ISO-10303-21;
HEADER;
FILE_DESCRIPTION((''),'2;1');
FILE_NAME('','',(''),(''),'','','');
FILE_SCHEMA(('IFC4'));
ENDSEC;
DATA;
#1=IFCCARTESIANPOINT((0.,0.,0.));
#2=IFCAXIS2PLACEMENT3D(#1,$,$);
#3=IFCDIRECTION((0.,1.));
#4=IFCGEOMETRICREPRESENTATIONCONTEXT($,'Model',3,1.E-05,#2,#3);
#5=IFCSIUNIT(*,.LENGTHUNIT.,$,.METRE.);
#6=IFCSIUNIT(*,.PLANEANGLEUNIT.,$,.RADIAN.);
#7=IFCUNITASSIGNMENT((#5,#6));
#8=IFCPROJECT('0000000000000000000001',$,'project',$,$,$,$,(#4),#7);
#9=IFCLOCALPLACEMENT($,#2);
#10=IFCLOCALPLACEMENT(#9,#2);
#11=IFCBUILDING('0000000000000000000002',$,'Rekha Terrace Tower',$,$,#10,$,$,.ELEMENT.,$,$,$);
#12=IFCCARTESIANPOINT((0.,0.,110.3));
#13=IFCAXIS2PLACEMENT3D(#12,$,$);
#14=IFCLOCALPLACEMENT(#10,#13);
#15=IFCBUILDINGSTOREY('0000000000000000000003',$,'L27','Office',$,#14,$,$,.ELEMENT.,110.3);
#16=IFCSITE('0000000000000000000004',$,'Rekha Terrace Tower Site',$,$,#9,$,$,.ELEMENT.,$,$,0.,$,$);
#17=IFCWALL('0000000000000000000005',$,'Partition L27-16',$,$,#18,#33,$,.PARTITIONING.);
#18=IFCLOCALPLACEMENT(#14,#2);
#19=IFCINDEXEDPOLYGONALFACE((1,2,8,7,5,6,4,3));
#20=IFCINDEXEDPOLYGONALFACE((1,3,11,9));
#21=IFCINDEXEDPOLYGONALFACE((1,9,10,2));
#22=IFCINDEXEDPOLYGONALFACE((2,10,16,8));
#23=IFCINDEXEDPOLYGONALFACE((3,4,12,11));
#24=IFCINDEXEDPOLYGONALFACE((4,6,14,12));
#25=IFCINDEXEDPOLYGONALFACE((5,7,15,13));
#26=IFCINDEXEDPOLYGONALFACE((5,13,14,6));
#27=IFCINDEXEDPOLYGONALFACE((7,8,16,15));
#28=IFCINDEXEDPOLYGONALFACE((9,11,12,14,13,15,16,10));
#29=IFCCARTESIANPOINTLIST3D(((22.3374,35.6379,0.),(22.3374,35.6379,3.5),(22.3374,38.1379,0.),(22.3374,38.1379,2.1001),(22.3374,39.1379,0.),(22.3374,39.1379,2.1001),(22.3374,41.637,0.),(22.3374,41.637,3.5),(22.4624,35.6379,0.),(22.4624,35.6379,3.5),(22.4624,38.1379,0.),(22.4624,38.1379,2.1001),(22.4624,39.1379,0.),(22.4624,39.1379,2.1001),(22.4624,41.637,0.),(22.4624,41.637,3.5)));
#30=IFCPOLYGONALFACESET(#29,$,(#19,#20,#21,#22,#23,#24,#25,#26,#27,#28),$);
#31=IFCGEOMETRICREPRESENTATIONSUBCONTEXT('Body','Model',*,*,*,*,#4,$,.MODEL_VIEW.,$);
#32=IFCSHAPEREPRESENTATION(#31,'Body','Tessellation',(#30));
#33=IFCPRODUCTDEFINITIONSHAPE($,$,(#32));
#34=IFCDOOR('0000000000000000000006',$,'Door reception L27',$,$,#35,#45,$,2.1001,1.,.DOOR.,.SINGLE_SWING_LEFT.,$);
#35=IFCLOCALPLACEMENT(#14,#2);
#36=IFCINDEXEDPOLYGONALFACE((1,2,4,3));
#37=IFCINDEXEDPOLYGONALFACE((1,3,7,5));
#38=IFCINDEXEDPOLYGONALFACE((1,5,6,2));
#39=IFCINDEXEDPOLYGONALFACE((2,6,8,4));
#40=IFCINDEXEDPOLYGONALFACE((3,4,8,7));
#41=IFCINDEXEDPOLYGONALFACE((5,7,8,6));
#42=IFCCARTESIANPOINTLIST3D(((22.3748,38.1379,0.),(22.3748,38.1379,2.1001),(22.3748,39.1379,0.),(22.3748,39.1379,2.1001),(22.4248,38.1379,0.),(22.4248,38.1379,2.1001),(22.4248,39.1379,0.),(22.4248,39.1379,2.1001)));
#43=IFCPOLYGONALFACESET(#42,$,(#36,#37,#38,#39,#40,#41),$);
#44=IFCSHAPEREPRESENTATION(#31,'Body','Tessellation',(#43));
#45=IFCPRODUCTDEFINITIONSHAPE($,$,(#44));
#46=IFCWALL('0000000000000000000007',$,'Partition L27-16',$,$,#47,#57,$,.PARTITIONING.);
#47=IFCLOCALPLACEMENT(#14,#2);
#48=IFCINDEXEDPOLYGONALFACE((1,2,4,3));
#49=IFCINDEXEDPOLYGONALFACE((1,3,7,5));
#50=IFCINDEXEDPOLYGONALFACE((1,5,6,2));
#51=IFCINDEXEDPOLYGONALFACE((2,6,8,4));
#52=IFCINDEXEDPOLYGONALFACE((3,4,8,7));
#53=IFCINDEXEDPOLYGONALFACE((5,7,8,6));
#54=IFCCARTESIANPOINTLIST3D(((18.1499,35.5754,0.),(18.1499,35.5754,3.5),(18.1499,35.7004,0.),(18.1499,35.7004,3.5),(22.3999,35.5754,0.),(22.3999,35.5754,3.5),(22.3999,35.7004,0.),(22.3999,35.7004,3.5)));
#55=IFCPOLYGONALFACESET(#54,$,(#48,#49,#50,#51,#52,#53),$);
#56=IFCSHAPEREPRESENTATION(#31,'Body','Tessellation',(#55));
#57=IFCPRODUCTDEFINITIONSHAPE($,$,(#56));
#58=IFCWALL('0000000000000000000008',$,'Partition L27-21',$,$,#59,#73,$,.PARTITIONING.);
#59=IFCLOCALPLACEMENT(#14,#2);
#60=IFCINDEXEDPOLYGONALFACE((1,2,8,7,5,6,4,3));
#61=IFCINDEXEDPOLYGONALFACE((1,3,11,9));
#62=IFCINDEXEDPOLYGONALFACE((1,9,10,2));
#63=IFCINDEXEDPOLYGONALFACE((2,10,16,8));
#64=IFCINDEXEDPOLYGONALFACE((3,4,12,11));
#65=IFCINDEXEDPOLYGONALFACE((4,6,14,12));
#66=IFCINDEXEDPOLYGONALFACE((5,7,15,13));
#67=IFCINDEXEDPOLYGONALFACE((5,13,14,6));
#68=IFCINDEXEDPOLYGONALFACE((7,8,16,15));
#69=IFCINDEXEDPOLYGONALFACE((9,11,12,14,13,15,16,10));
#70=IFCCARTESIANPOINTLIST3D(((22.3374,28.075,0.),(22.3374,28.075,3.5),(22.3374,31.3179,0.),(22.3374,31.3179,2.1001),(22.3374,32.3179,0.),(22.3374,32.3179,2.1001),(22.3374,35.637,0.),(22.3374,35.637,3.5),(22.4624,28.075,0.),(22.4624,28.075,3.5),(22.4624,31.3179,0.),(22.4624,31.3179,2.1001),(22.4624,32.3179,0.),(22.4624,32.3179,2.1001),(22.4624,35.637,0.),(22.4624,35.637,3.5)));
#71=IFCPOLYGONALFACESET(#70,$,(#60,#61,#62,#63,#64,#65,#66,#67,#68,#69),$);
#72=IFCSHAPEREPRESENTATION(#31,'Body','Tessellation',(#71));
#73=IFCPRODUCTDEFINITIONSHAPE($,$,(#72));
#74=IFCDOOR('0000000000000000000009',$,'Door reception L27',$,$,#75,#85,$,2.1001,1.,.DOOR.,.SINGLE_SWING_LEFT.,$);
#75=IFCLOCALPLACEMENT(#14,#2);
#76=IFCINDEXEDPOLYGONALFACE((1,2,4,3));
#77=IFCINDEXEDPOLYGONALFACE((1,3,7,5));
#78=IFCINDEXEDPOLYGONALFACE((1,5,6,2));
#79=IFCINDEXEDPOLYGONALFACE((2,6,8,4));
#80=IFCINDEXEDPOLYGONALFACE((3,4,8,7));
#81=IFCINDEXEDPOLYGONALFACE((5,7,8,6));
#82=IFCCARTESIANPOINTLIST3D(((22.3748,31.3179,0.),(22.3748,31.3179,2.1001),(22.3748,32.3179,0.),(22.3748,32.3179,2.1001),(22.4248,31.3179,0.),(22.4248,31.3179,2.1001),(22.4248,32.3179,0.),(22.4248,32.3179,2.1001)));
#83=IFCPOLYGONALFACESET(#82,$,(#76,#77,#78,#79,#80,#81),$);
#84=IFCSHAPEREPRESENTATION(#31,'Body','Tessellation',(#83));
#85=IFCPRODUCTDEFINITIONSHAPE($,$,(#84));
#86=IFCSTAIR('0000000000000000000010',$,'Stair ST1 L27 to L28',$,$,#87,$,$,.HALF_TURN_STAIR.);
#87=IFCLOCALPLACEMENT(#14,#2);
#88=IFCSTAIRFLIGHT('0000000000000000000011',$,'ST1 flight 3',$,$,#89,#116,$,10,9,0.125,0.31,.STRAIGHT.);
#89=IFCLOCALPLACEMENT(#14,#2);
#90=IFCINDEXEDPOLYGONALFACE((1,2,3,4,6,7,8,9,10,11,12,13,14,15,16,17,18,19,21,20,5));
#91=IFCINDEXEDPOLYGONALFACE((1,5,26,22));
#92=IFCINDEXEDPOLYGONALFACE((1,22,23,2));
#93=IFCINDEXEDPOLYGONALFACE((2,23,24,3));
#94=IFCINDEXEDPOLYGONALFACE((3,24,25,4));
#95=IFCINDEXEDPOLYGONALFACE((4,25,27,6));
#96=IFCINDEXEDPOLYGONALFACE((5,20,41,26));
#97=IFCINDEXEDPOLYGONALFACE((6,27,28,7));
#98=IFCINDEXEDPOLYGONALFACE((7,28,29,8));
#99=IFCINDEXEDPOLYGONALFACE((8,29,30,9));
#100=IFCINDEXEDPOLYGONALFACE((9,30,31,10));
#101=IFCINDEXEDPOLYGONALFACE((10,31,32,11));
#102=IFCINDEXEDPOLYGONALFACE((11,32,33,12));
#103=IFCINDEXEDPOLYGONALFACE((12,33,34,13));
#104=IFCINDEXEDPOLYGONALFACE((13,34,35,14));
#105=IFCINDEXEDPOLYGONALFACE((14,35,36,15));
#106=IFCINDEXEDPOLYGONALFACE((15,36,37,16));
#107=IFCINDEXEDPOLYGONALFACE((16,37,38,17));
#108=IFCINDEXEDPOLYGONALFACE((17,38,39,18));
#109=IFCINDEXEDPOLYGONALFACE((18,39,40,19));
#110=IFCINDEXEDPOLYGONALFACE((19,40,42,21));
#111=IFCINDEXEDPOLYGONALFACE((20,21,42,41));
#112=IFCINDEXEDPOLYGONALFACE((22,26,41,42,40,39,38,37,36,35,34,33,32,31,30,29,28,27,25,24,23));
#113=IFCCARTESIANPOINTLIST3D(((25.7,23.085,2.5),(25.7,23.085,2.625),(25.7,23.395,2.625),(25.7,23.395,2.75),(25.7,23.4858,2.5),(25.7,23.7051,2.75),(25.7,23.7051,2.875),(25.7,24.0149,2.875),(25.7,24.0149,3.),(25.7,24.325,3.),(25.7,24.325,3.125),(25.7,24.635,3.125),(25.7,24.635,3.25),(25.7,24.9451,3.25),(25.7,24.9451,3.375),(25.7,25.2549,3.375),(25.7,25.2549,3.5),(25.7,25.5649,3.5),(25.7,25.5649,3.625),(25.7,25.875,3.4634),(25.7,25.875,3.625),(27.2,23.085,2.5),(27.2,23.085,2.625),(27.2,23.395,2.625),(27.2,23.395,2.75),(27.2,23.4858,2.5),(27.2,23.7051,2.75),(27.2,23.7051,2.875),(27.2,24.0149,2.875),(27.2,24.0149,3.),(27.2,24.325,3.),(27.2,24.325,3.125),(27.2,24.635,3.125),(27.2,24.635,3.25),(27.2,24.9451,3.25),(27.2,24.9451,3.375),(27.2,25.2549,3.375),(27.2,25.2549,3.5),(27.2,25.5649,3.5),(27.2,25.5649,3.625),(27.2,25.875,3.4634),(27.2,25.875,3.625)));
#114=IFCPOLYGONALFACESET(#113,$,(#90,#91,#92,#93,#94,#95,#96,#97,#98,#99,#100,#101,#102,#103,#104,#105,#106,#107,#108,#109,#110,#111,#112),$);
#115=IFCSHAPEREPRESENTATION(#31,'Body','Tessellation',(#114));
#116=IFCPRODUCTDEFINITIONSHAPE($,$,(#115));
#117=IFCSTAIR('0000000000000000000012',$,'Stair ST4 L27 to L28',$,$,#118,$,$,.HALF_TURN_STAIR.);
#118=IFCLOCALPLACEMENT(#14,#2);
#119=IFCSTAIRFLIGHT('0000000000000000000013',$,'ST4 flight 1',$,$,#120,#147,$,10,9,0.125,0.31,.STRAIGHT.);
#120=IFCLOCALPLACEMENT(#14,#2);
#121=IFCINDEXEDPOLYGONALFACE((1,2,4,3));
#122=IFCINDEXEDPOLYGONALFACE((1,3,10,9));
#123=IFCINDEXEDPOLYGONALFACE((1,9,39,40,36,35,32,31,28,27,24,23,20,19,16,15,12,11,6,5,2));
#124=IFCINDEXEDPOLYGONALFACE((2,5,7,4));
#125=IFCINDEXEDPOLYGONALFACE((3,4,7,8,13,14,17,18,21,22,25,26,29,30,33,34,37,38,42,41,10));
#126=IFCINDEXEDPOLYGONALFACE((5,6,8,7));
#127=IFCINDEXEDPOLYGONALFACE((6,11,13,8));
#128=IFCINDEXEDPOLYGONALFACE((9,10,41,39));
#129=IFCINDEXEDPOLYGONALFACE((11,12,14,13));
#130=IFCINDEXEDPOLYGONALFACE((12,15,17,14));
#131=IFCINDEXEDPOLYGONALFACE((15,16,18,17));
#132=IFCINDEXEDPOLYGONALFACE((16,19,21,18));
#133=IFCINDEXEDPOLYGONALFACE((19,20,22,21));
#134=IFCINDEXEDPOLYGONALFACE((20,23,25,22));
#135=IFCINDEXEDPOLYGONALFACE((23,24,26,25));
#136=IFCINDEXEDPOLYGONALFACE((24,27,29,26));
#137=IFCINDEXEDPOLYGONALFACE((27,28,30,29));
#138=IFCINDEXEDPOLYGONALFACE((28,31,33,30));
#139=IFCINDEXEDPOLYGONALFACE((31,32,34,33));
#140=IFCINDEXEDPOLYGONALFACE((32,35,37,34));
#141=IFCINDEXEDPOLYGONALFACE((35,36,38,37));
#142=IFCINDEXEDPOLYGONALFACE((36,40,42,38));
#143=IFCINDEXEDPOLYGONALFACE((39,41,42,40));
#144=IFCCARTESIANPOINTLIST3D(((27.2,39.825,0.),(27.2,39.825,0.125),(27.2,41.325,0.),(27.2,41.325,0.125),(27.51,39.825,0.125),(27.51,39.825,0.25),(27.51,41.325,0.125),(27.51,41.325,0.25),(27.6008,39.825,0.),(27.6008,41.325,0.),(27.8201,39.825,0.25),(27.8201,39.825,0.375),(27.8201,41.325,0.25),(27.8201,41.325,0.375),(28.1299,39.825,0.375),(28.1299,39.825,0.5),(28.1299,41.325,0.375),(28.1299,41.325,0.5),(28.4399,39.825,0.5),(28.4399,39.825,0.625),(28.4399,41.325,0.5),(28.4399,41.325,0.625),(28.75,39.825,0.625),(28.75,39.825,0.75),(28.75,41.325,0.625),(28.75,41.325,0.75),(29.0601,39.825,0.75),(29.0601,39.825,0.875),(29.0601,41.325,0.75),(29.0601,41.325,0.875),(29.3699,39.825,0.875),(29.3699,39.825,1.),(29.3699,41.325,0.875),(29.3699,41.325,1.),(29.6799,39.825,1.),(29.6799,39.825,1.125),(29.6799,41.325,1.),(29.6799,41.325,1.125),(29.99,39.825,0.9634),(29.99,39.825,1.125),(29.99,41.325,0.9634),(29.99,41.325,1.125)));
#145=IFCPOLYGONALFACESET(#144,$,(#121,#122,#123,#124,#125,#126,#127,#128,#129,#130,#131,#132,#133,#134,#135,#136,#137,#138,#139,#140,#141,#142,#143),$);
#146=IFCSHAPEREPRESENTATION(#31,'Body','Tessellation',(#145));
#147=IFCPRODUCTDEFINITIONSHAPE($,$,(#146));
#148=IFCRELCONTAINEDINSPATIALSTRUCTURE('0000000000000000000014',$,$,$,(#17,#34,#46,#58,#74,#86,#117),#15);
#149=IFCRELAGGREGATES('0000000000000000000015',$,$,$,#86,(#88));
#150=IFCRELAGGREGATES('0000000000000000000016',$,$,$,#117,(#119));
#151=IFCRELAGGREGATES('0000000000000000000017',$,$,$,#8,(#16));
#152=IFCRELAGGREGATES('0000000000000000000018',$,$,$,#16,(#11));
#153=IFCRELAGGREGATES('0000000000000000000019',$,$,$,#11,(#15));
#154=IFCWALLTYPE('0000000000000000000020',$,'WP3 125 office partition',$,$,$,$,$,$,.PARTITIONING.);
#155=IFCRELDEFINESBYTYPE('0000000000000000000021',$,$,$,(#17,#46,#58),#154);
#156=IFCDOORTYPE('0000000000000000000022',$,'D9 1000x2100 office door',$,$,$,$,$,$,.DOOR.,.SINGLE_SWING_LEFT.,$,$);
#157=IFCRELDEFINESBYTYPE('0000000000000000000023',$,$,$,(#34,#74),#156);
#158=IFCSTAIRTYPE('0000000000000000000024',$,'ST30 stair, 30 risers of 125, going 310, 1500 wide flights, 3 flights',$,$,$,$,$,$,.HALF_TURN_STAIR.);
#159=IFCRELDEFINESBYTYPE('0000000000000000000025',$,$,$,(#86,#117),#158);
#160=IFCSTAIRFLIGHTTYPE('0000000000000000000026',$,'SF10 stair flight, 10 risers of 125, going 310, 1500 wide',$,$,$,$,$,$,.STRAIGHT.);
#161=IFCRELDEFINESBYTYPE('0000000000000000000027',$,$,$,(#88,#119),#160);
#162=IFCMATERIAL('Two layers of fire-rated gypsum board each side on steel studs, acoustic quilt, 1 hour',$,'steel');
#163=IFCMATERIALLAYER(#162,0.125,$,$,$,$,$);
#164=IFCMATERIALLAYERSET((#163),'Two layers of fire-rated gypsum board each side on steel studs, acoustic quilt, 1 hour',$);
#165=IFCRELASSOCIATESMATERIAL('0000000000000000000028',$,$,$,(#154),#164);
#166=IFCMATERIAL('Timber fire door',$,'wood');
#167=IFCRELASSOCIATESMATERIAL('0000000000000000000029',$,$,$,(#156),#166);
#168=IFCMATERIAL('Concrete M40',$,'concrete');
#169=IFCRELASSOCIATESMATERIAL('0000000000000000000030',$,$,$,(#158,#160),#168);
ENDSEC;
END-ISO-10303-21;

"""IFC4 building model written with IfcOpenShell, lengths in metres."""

from ifc_helpers import new_model, si_unit, direction, frame, frame_2d, origin, place, context, subcontext, project, spatial, polyline, rectangle, outline, extrude, material, layer, layer_set, type_object, element, fill, aggregate, save


model = new_model("IFC4")

# Units and contexts
model_context = context("Model", 3, precision=1e-05, world=origin(), true_north=direction((0.0, 1.0)))
body_context = subcontext(model_context, "Body", "Model", "MODEL_VIEW")
ifc_project = project(units=[si_unit("LENGTHUNIT", "METRE"), si_unit("PLANEANGLEUNIT", "RADIAN")], contexts=[model_context])

# Site, building, storey
site_placement = place(None, origin())
site = spatial("IfcSite", under=ifc_project, at=site_placement, Name="Rekha Terrace Tower Site", CompositionType="ELEMENT", RefElevation=0.0)
building_placement = place(site_placement, origin())
building = spatial("IfcBuilding", under=site, at=building_placement, Name="Rekha Terrace Tower", CompositionType="ELEMENT")
storey_placement = place(building_placement, frame((0.0, 0.0, 110.3)))
storey = spatial("IfcBuildingStorey", under=building, at=storey_placement, Name="L27", Description="Office", CompositionType="ELEMENT", Elevation=110.3)

# Wall, opening, door
ifc_material_1 = material(Name="Two layers of fire-rated gypsum board each side on steel studs, acoustic quilt, 1 hour", Category="steel")
ifc_layer_1 = layer(ifc_material_1, 0.125)
ifc_layer_set_1 = layer_set([ifc_layer_1], Name="Two layers of fire-rated gypsum board each side on steel studs, acoustic quilt, 1 hour")
wall_type_1 = type_object("IfcWallType", Name="WP3 125 office partition", PredefinedType="PARTITIONING", material=ifc_layer_set_1)
wall_1_placement = place(storey_placement, frame((22.3999, 41.637, 0.0), z_axis=(0.0, 0.0, 1.0), x_axis=(0.0, -1.0, 0.0)))
wall_1 = element("IfcWall", 1, at=wall_1_placement, inside=storey, type_object=wall_type_1, Name="Partition L27-16", PredefinedType="PARTITIONING", context=body_context, shape_type="SweptSolid", body=[
    extrude(rectangle(XDim=5.999, YDim=0.125, at=frame_2d((2.9995, 0.0))), origin(), (0.0, 0.0, 1.0), 3.5),
])
opening_1_placement = place(wall_1_placement, frame((2.499, 0.0, 0.0)))
opening_1 = element("IfcOpeningElement", 2, at=opening_1_placement, cuts=wall_1, PredefinedType="OPENING", context=body_context, shape_type="SweptSolid", body=[
    extrude(rectangle(XDim=1.0, YDim=2.1001, at=frame_2d((0.5, 1.05))), frame((0.0, 0.0725, 0.0), z_axis=(0.0, -1.0, 0.0), x_axis=(1.0, 0.0, 0.0)), (0.0, 0.0, 1.0), 0.145),
])
ifc_material_2 = material(Name="Timber fire door", Category="wood")
door_type_1 = type_object("IfcDoorType", Name="D9 1000x2100 office door", OperationType="SINGLE_SWING_LEFT", PredefinedType="DOOR", material=ifc_material_2)
door_1_placement = place(opening_1_placement, origin())
door_1 = element("IfcDoor", 3, at=door_1_placement, inside=storey, type_object=door_type_1, Name="Door reception L27", OperationType="SINGLE_SWING_LEFT", OverallHeight=2.1001, OverallWidth=1.0, PredefinedType="DOOR", context=body_context, shape_type="SweptSolid", body=[
    extrude(rectangle(XDim=1.0, YDim=2.1001, at=frame_2d((0.5, 1.05))), frame((0.0, 0.0249, 0.0), z_axis=(0.0, -1.0, 0.0), x_axis=(1.0, 0.0, 0.0)), (0.0, 0.0, 1.0), 0.05),
])
fill(opening_1, door_1)

# Wall
wall_2_placement = place(storey_placement, frame((22.3999, 35.6379, 0.0), z_axis=(0.0, 0.0, 1.0), x_axis=(-1.0, 0.0, 0.0)))
element("IfcWall", 4, at=wall_2_placement, inside=storey, type_object=wall_type_1, Name="Partition L27-16", PredefinedType="PARTITIONING", context=body_context, shape_type="SweptSolid", body=[
    extrude(rectangle(XDim=4.25, YDim=0.125, at=frame_2d((2.125, 0.0))), origin(), (0.0, 0.0, 1.0), 3.5),
])

# Wall, opening, door
wall_3_placement = place(storey_placement, frame((22.3999, 35.637, 0.0), z_axis=(0.0, 0.0, 1.0), x_axis=(0.0, -1.0, 0.0)))
wall_3 = element("IfcWall", 5, at=wall_3_placement, inside=storey, type_object=wall_type_1, Name="Partition L27-21", PredefinedType="PARTITIONING", context=body_context, shape_type="SweptSolid", body=[
    extrude(rectangle(XDim=7.562, YDim=0.125, at=frame_2d((3.781, 0.0))), origin(), (0.0, 0.0, 1.0), 3.5),
])
opening_2_placement = place(wall_3_placement, frame((3.3191, 0.0, 0.0)))
opening_2 = element("IfcOpeningElement", 6, at=opening_2_placement, cuts=wall_3, PredefinedType="OPENING", context=body_context, shape_type="SweptSolid", body=[
    extrude(rectangle(XDim=1.0, YDim=2.1001, at=frame_2d((0.5, 1.05))), frame((0.0, 0.0725, 0.0), z_axis=(0.0, -1.0, 0.0), x_axis=(1.0, 0.0, 0.0)), (0.0, 0.0, 1.0), 0.145),
])
door_2_placement = place(opening_2_placement, origin())
door_2 = element("IfcDoor", 7, at=door_2_placement, inside=storey, type_object=door_type_1, Name="Door reception L27", OperationType="SINGLE_SWING_LEFT", OverallHeight=2.1001, OverallWidth=1.0, PredefinedType="DOOR", context=body_context, shape_type="SweptSolid", body=[
    extrude(rectangle(XDim=1.0, YDim=2.1001, at=frame_2d((0.5, 1.05))), frame((0.0, 0.0249, 0.0), z_axis=(0.0, -1.0, 0.0), x_axis=(1.0, 0.0, 0.0)), (0.0, 0.0, 1.0), 0.05),
])
fill(opening_2, door_2)

# Stairs, stair flights
ifc_material_3 = material(Name="Concrete M40", Category="concrete")
stair_type = type_object("IfcStairType", Name="ST30 stair, 30 risers of 125, going 310, 1500 wide flights, 3 flights", PredefinedType="HALF_TURN_STAIR", material=ifc_material_3)
stair_1_placement = place(storey_placement, origin())
stair_1 = element("IfcStair", 8, at=stair_1_placement, inside=storey, type_object=stair_type, Name="Stair ST1 L27 to L28", PredefinedType="HALF_TURN_STAIR")
stair_flight_type = type_object("IfcStairFlightType", Name="SF10 stair flight, 10 risers of 125, going 310, 1500 wide", PredefinedType="STRAIGHT", material=ifc_material_3)
stair_flight_1_placement = place(storey_placement, frame((26.45, 23.085, 2.5), z_axis=(0.0, 0.0, 1.0), x_axis=(0.0, 1.0, 0.0)))
stair_flight_1 = element("IfcStairFlight", 9, at=stair_flight_1_placement, type_object=stair_flight_type, Name="ST1 flight 3", NumberOfRisers=10, NumberOfTreads=9, PredefinedType="STRAIGHT", RiserHeight=0.125, TreadLength=0.31, context=body_context, shape_type="SweptSolid", body=[
    extrude(outline(polyline([(0.0, 0.0), (0.0, 0.125), (0.3101, 0.125), (0.3101, 0.25), (0.6201, 0.25), (0.6201, 0.375), (0.9299, 0.375), (0.9299, 0.5), (1.24, 0.5), (1.24, 0.625), (1.55, 0.625), (1.55, 0.75), (1.8601, 0.75), (1.8601, 0.875), (2.1699, 0.875), (2.1699, 1.0), (2.48, 1.0), (2.48, 1.125), (2.79, 1.125), (2.79, 1.25), (2.79, 0.9634), (0.4009, 0.0), (0.0, 0.0)])), frame((0.0, 0.75, 0.0), z_axis=(0.0, -1.0, 0.0), x_axis=(1.0, 0.0, 0.0)), (0.0, 0.0, 1.0), 1.5),
])
aggregate(stair_1, [stair_flight_1])
stair_2_placement = place(storey_placement, origin())
stair_2 = element("IfcStair", 10, at=stair_2_placement, inside=storey, type_object=stair_type, Name="Stair ST4 L27 to L28", PredefinedType="HALF_TURN_STAIR")
stair_flight_2_placement = place(storey_placement, frame((27.2, 40.575, 0.0), z_axis=(0.0, 0.0, 1.0), x_axis=(1.0, 0.0, 0.0)))
stair_flight_2 = element("IfcStairFlight", 11, at=stair_flight_2_placement, type_object=stair_flight_type, Name="ST4 flight 1", NumberOfRisers=10, NumberOfTreads=9, PredefinedType="STRAIGHT", RiserHeight=0.125, TreadLength=0.31, context=body_context, shape_type="SweptSolid", body=[
    extrude(outline(polyline([(0.0, 0.0), (0.0, 0.125), (0.3101, 0.125), (0.3101, 0.25), (0.6201, 0.25), (0.6201, 0.375), (0.9299, 0.375), (0.9299, 0.5), (1.24, 0.5), (1.24, 0.625), (1.55, 0.625), (1.55, 0.75), (1.8601, 0.75), (1.8601, 0.875), (2.1699, 0.875), (2.1699, 1.0), (2.48, 1.0), (2.48, 1.125), (2.79, 1.125), (2.79, 1.25), (2.79, 0.9634), (0.4009, 0.0), (0.0, 0.0)])), frame((0.0, 0.75, 0.0), z_axis=(0.0, -1.0, 0.0), x_axis=(1.0, 0.0, 0.0)), (0.0, 0.0, 1.0), 1.5),
])
aggregate(stair_2, [stair_flight_2])

save(model, "model.ifc")
